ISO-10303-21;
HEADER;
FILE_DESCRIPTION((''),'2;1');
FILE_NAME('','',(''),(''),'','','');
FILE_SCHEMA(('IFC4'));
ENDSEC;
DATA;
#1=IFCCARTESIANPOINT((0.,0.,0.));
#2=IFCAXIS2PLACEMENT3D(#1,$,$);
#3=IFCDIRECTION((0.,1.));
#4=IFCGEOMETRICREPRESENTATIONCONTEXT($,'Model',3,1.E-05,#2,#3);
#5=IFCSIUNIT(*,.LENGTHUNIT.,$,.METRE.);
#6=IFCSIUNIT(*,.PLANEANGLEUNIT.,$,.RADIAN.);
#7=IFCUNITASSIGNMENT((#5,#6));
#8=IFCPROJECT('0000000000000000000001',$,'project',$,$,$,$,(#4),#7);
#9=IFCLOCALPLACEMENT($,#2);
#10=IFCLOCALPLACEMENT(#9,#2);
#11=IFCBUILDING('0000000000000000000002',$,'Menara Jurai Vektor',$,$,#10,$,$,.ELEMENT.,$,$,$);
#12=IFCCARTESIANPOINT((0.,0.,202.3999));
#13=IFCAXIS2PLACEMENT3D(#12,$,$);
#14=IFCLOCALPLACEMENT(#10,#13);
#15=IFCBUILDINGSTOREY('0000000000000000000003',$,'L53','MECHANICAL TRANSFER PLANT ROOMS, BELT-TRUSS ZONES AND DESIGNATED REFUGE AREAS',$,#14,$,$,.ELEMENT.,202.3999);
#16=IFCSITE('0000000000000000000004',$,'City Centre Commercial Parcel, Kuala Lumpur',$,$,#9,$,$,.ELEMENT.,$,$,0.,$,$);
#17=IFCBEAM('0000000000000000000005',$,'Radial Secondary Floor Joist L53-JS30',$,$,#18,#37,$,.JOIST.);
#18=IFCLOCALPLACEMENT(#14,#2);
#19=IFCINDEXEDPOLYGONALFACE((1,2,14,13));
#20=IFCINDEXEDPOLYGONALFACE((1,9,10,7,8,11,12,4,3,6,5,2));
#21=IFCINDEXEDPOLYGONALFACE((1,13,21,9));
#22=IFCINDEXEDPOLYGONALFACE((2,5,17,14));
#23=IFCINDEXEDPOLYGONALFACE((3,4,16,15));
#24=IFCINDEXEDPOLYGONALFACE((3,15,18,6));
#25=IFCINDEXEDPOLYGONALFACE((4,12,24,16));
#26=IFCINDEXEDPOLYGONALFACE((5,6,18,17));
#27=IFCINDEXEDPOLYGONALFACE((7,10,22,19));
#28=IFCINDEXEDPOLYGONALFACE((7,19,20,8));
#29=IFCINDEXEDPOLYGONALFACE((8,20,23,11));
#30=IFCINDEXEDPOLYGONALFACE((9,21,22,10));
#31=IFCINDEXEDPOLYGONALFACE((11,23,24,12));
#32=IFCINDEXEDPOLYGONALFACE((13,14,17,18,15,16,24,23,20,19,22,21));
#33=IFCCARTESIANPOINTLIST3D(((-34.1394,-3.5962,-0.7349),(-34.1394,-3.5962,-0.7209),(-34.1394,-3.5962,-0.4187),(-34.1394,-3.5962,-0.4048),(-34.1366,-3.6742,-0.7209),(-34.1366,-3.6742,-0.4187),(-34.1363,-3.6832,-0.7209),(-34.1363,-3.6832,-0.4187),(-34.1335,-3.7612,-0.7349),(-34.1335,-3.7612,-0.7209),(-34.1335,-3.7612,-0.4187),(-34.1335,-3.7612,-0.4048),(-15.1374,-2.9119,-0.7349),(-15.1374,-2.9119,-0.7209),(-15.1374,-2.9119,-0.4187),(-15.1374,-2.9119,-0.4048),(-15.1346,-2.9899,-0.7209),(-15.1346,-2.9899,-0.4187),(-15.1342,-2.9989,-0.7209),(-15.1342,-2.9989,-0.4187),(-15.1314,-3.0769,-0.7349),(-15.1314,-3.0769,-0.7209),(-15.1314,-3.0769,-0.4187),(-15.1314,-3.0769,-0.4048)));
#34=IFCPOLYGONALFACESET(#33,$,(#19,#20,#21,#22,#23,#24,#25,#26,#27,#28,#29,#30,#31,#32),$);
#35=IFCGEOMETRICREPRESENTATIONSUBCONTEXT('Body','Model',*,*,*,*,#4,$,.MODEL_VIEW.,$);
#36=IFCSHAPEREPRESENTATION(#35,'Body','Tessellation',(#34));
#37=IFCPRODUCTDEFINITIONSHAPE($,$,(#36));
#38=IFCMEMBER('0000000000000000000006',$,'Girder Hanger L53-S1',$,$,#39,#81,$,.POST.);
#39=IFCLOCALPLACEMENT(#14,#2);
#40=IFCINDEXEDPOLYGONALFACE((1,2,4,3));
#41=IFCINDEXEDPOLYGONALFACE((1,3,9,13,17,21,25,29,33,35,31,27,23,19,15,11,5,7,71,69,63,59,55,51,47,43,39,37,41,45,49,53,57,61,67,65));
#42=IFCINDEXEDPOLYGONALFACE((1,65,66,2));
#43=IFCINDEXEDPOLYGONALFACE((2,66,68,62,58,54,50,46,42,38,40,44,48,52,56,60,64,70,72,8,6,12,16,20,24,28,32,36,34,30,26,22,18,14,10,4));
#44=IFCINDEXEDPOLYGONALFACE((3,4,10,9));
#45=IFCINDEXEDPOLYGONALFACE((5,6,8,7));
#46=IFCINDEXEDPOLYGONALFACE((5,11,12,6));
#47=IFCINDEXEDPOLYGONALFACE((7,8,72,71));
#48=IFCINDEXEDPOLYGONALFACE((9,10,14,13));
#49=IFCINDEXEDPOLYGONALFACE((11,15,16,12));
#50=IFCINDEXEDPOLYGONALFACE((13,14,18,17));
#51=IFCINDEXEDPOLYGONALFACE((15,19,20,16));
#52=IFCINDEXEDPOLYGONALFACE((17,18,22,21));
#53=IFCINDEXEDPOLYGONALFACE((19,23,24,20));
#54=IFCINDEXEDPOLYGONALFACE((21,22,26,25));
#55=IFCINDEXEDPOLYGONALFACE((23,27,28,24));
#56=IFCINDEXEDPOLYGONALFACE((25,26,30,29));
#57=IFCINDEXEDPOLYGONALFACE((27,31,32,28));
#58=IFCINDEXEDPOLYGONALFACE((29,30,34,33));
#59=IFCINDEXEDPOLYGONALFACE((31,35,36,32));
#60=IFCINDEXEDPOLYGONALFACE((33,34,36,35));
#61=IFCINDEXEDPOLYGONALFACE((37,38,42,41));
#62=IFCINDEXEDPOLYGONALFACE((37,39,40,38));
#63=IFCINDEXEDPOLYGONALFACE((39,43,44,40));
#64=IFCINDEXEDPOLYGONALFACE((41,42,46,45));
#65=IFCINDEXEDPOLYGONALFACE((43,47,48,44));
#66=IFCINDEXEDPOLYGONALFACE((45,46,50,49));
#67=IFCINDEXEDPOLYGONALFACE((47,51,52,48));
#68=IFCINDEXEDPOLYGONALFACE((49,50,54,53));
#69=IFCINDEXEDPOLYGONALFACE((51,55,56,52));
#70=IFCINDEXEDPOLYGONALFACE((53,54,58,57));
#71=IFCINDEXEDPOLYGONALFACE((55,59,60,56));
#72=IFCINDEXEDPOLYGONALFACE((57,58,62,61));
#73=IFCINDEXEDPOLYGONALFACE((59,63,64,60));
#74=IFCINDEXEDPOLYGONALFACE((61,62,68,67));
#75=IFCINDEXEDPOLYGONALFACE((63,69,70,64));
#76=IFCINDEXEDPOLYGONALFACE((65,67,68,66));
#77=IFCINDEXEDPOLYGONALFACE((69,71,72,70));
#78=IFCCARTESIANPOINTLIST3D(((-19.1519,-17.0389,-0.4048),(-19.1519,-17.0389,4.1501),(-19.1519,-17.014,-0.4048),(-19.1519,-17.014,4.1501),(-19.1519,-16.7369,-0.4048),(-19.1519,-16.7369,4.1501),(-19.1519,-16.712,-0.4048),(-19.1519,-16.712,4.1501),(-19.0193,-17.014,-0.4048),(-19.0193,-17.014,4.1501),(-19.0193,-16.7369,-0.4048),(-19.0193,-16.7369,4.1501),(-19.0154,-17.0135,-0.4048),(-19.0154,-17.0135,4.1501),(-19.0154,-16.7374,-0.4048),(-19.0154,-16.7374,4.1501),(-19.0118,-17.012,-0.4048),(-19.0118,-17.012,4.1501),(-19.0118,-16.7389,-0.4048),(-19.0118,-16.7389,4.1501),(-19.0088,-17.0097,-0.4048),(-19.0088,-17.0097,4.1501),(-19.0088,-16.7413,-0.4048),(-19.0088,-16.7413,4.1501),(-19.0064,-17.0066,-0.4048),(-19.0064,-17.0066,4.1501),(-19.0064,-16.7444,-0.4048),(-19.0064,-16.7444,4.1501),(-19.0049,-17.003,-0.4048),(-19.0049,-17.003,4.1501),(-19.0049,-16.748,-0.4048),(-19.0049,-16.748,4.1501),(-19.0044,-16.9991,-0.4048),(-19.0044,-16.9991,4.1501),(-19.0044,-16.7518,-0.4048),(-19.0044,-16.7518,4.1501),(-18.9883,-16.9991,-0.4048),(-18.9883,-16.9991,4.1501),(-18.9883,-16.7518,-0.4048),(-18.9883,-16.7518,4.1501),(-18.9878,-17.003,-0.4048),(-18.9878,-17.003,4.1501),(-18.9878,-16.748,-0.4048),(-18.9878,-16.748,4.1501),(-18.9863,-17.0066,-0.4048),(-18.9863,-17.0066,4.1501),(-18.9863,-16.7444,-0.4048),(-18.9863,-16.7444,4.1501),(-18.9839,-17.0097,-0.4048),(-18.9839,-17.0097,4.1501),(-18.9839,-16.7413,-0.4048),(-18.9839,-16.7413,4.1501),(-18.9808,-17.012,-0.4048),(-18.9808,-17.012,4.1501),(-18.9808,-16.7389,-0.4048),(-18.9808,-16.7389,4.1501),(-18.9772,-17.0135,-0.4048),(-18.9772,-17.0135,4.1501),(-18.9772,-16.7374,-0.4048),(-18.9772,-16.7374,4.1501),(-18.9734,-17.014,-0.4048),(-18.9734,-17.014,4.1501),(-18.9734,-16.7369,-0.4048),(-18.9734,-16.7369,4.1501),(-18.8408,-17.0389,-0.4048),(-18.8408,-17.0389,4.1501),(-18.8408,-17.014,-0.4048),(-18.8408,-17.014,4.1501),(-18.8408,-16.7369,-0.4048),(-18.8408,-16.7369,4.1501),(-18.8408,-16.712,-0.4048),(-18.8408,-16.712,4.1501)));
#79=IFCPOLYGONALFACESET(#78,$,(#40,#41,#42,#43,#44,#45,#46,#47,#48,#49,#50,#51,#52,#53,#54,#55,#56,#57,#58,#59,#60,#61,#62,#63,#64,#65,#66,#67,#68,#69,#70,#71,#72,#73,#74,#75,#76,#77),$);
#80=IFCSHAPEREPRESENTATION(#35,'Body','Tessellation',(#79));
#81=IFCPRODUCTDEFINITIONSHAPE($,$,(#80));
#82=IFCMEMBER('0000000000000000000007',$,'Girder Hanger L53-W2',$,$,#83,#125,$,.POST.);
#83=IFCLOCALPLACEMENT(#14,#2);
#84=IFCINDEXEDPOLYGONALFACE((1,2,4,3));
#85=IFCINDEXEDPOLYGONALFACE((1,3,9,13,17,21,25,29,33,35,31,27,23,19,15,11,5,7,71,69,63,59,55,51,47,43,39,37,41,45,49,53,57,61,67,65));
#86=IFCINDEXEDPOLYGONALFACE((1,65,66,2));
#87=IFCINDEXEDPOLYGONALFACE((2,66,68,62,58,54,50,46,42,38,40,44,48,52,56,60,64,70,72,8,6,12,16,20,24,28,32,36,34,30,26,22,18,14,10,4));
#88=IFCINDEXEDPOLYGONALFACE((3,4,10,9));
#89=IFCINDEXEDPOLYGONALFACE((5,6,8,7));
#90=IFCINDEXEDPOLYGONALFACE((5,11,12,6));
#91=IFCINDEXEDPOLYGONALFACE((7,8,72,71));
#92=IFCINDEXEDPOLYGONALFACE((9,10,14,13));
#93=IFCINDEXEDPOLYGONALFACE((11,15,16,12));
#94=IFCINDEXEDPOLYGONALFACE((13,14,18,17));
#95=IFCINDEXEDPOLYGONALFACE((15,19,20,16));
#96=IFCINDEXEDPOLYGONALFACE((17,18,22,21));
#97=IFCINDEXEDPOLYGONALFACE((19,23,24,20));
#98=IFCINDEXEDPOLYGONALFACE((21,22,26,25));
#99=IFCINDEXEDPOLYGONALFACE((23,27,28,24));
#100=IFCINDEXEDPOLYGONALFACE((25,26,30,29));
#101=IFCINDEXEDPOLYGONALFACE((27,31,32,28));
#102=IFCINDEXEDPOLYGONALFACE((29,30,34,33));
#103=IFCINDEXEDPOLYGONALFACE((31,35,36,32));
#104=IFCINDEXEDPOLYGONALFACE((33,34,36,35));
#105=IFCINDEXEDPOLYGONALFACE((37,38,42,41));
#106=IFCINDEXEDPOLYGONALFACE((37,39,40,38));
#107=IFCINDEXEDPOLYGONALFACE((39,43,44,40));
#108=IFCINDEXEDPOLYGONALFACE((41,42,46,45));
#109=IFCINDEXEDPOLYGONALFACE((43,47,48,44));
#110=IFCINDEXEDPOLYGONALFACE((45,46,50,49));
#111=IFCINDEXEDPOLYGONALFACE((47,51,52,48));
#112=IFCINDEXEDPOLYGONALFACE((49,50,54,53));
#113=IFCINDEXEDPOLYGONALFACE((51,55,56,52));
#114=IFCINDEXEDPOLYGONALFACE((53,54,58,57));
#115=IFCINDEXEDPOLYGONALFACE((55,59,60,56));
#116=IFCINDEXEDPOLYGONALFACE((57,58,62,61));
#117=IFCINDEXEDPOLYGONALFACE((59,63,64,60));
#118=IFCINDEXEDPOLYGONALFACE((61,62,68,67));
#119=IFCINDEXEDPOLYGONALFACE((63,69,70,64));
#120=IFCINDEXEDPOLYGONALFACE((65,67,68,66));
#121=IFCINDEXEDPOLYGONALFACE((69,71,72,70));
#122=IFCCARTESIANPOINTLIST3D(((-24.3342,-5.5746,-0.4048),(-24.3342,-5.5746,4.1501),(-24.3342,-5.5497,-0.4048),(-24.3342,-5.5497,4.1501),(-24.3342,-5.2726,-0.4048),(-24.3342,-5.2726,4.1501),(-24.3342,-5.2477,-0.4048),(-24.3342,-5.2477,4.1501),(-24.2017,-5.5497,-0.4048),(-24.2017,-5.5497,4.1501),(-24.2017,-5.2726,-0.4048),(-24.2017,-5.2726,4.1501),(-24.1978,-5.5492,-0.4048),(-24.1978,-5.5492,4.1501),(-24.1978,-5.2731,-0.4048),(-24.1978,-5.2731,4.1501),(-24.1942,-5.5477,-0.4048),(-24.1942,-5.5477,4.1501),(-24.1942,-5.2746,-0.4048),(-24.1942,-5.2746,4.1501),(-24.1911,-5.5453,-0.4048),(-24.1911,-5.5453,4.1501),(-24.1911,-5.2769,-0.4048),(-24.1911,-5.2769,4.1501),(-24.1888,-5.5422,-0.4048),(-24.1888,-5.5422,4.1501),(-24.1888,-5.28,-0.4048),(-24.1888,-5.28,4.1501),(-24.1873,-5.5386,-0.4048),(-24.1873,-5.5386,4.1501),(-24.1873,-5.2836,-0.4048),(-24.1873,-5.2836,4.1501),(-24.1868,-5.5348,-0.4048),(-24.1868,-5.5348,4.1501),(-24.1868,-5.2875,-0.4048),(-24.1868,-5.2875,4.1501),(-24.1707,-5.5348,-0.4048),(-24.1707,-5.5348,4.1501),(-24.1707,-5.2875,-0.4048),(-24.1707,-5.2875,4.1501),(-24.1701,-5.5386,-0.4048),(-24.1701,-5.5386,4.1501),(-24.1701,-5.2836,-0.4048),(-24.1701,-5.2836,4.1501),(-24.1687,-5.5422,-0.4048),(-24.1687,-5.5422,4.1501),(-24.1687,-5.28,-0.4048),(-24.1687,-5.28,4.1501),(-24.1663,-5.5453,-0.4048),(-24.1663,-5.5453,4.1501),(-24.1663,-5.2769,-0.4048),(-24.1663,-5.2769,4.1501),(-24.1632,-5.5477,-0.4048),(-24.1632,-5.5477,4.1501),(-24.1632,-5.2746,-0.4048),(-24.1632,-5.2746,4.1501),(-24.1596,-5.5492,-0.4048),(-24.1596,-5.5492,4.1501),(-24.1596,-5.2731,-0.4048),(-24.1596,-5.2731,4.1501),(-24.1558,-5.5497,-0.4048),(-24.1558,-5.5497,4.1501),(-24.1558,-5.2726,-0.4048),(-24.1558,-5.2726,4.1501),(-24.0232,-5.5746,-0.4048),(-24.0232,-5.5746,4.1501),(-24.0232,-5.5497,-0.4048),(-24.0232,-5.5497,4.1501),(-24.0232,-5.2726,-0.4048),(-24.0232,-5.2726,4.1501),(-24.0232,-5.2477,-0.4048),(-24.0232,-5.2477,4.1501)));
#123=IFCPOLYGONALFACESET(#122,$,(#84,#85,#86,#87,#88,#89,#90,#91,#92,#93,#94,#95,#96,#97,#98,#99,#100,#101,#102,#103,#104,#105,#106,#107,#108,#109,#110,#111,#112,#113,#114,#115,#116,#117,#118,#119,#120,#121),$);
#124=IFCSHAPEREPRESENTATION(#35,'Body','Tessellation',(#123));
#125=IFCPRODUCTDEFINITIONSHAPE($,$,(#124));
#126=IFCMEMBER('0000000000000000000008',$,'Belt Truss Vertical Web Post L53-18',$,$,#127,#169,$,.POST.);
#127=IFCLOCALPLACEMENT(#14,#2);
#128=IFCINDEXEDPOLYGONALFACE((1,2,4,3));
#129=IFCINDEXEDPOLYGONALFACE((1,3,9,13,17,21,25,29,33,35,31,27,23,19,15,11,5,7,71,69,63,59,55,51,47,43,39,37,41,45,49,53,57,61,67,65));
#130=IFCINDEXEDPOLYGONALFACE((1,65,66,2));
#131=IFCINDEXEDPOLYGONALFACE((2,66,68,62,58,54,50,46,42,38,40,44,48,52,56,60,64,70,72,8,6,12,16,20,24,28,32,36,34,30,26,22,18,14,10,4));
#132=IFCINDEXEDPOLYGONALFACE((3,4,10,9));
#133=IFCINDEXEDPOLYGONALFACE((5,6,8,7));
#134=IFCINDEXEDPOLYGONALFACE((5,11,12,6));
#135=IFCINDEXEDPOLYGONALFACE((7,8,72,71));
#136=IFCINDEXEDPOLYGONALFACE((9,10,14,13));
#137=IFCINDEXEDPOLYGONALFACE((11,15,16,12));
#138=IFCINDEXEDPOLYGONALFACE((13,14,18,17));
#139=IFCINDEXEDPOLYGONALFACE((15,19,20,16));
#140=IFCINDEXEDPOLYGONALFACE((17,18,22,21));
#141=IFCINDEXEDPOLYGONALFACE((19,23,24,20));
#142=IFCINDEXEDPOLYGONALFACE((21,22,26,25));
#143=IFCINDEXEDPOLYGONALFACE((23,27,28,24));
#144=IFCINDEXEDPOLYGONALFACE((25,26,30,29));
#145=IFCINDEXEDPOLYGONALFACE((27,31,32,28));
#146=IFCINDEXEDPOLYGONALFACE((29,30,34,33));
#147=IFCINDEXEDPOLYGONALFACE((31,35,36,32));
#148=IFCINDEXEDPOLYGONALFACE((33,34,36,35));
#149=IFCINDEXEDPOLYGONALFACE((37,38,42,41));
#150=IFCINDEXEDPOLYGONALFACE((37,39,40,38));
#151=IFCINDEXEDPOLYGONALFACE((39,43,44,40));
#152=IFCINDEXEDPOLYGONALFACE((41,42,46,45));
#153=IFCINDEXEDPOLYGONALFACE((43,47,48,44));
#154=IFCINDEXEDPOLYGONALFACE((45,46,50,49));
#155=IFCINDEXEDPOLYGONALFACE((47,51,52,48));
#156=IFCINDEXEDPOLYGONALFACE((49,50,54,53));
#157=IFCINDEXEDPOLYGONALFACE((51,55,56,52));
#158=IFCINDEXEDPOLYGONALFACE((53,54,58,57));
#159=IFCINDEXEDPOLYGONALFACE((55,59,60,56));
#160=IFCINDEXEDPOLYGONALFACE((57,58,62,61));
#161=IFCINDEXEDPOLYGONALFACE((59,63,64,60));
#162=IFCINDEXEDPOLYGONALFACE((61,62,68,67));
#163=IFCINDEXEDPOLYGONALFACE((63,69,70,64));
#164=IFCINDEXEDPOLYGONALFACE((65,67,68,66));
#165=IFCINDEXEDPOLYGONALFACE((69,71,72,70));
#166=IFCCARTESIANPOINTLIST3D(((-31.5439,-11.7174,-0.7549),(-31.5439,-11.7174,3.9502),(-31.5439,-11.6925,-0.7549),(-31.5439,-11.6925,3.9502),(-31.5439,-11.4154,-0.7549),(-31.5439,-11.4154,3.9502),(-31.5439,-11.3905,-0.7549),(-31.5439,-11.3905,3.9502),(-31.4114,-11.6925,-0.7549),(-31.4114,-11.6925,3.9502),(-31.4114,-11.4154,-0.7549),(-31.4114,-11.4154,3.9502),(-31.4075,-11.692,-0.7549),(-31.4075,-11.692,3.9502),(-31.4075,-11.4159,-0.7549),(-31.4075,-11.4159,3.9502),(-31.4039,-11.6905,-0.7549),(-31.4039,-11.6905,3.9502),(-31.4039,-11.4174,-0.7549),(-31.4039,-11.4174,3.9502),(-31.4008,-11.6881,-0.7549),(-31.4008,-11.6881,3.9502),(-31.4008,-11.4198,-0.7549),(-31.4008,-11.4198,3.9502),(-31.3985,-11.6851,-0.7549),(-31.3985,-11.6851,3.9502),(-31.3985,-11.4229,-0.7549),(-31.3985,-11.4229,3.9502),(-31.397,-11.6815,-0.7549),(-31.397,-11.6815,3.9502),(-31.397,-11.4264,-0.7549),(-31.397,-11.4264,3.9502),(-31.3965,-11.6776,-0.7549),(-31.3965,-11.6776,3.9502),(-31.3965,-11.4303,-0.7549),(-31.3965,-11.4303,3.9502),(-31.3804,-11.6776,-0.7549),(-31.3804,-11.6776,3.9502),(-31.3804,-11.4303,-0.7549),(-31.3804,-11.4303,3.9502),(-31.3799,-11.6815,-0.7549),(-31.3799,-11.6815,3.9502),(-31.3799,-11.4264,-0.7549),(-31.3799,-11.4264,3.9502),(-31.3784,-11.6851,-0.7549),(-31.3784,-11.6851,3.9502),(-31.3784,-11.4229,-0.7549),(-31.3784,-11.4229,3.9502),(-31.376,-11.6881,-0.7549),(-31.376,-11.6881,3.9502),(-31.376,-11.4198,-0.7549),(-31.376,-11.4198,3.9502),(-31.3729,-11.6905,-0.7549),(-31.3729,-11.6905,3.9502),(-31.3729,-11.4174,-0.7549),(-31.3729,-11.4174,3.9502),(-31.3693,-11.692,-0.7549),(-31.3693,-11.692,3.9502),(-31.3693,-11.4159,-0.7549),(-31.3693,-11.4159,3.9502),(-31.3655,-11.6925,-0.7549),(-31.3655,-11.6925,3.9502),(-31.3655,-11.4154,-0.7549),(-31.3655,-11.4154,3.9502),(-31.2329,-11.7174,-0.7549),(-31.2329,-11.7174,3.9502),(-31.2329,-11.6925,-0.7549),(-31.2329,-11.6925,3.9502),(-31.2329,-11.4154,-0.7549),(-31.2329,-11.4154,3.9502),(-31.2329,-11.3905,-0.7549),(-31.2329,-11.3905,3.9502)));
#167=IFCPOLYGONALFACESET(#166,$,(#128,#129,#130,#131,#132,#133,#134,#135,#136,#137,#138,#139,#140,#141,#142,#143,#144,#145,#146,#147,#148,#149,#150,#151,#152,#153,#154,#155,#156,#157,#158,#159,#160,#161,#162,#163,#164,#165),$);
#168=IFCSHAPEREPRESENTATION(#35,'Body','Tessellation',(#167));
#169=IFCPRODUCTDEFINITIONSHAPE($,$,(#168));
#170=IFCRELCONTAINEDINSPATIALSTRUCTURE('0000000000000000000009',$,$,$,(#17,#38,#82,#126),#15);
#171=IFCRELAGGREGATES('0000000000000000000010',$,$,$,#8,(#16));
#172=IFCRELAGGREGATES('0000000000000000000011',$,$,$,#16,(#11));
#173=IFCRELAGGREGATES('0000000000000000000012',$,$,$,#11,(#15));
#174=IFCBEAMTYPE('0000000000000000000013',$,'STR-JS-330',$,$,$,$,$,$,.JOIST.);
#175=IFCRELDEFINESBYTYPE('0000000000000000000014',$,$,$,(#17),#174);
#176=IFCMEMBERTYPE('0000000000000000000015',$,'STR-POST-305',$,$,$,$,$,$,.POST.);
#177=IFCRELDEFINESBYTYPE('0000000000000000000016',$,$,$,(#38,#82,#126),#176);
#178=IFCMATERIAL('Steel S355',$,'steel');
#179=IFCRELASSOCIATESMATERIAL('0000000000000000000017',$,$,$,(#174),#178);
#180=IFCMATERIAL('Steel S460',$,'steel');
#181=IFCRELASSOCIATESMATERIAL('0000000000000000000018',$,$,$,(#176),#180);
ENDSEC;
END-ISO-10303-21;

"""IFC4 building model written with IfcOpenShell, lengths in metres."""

from ifc_helpers import new_model, si_unit, direction, frame, origin, origin_2d, place, context, subcontext, project, spatial, i_section, extrude, material, material_profile, profile_set, type_object, element, save


model = new_model("IFC4")

# Units and contexts
model_context = context("Model", 3, precision=1e-05, world=origin(), true_north=direction((0.0, 1.0)))
body_context = subcontext(model_context, "Body", "Model", "MODEL_VIEW")
ifc_project = project(units=[si_unit("LENGTHUNIT", "METRE"), si_unit("PLANEANGLEUNIT", "RADIAN")], contexts=[model_context])

# Site, building, storey
site_placement = place(None, origin())
site = spatial("IfcSite", under=ifc_project, at=site_placement, Name="City Centre Commercial Parcel, Kuala Lumpur", CompositionType="ELEMENT", RefElevation=0.0)
building_placement = place(site_placement, origin())
building = spatial("IfcBuilding", under=site, at=building_placement, Name="Menara Jurai Vektor", CompositionType="ELEMENT")
storey_placement = place(building_placement, frame((0.0, 0.0, 202.3999)))
storey = spatial("IfcBuildingStorey", under=building, at=storey_placement, Name="L53", Description="MECHANICAL TRANSFER PLANT ROOMS, BELT-TRUSS ZONES AND DESIGNATED REFUGE AREAS", CompositionType="ELEMENT", Elevation=202.3999)

# Shared definitions
ifc_material_1 = material(Name="Steel S460", Category="steel")

# Shared definitions
ifc_material_2 = material(Name="Steel S355", Category="steel")

# Beam
ifc_material_profile_1 = material_profile(ifc_material_2, i_section(OverallWidth=0.165, OverallDepth=0.3301, WebThickness=0.009, FlangeThickness=0.0139, at=origin_2d()), Name="PG 330x165x46")
ifc_profile_set_1 = profile_set([ifc_material_profile_1], Name="Steel S355")
beam_type_1 = type_object("IfcBeamType", Name="STR-JS-330", PredefinedType="JOIST", material=ifc_profile_set_1)
beam_1_placement = place(storey_placement, frame((-34.1365, -3.6787, -0.5698), z_axis=(0.999352, 0.03599, 0.0), x_axis=(-0.03599, 0.999352, 0.0)))
element("IfcBeam", 1, at=beam_1_placement, inside=storey, type_object=beam_type_1, Name="Radial Secondary Floor Joist L53-JS30", PredefinedType="JOIST", context=body_context, shape_type="SweptSolid", body=[
    extrude(i_section(OverallWidth=0.165, OverallDepth=0.3301, WebThickness=0.009, FlangeThickness=0.0139, at=origin_2d()), origin(), (0.0, 0.0, 1.0), 19.0144),
])

# Members
ifc_material_profile_2 = material_profile(ifc_material_1, i_section(OverallWidth=0.311, OverallDepth=0.3269, WebThickness=0.0161, FlangeThickness=0.0249, FilletRadius=0.0149, at=origin_2d()), Name="UKC 305x305x158")
ifc_profile_set_2 = profile_set([ifc_material_profile_2], Name="Steel S460")
member_type_1 = type_object("IfcMemberType", Name="STR-POST-305", PredefinedType="POST", material=ifc_profile_set_2)
for number, where, z_axis, x_axis, name in (
    (2, (-18.9963, -16.8755, -0.4048), (0.0, 0.0, 1.0), (1.0, 0.0, 0.0), "Girder Hanger L53-S1"),
    (3, (-24.1787, -5.4111, -0.4048), (0.0, 0.0, 1.0), (1.0, 0.0, 0.0), "Girder Hanger L53-W2"),
):
    element("IfcMember", number, at=place(storey_placement, frame(where, z_axis=z_axis, x_axis=x_axis)), inside=storey, type_object=member_type_1, Name=name, PredefinedType="POST", context=body_context, shape_type="SweptSolid", body=[
        extrude(i_section(OverallWidth=0.311, OverallDepth=0.3269, WebThickness=0.0161, FlangeThickness=0.0249, FilletRadius=0.0149, at=origin_2d()), origin(), (0.0, 0.0, 1.0), 4.5549),
    ])
member_1_placement = place(storey_placement, frame((-31.3884, -11.554, -0.7549), z_axis=(0.0, 0.0, 1.0), x_axis=(1.0, 0.0, 0.0)))
element("IfcMember", 4, at=member_1_placement, inside=storey, type_object=member_type_1, Name="Belt Truss Vertical Web Post L53-18", PredefinedType="POST", context=body_context, shape_type="SweptSolid", body=[
    extrude(i_section(OverallWidth=0.311, OverallDepth=0.3269, WebThickness=0.0161, FlangeThickness=0.0249, FilletRadius=0.0149, at=origin_2d()), origin(), (0.0, 0.0, 1.0), 4.7051),
])

save(model, "model.ifc")
